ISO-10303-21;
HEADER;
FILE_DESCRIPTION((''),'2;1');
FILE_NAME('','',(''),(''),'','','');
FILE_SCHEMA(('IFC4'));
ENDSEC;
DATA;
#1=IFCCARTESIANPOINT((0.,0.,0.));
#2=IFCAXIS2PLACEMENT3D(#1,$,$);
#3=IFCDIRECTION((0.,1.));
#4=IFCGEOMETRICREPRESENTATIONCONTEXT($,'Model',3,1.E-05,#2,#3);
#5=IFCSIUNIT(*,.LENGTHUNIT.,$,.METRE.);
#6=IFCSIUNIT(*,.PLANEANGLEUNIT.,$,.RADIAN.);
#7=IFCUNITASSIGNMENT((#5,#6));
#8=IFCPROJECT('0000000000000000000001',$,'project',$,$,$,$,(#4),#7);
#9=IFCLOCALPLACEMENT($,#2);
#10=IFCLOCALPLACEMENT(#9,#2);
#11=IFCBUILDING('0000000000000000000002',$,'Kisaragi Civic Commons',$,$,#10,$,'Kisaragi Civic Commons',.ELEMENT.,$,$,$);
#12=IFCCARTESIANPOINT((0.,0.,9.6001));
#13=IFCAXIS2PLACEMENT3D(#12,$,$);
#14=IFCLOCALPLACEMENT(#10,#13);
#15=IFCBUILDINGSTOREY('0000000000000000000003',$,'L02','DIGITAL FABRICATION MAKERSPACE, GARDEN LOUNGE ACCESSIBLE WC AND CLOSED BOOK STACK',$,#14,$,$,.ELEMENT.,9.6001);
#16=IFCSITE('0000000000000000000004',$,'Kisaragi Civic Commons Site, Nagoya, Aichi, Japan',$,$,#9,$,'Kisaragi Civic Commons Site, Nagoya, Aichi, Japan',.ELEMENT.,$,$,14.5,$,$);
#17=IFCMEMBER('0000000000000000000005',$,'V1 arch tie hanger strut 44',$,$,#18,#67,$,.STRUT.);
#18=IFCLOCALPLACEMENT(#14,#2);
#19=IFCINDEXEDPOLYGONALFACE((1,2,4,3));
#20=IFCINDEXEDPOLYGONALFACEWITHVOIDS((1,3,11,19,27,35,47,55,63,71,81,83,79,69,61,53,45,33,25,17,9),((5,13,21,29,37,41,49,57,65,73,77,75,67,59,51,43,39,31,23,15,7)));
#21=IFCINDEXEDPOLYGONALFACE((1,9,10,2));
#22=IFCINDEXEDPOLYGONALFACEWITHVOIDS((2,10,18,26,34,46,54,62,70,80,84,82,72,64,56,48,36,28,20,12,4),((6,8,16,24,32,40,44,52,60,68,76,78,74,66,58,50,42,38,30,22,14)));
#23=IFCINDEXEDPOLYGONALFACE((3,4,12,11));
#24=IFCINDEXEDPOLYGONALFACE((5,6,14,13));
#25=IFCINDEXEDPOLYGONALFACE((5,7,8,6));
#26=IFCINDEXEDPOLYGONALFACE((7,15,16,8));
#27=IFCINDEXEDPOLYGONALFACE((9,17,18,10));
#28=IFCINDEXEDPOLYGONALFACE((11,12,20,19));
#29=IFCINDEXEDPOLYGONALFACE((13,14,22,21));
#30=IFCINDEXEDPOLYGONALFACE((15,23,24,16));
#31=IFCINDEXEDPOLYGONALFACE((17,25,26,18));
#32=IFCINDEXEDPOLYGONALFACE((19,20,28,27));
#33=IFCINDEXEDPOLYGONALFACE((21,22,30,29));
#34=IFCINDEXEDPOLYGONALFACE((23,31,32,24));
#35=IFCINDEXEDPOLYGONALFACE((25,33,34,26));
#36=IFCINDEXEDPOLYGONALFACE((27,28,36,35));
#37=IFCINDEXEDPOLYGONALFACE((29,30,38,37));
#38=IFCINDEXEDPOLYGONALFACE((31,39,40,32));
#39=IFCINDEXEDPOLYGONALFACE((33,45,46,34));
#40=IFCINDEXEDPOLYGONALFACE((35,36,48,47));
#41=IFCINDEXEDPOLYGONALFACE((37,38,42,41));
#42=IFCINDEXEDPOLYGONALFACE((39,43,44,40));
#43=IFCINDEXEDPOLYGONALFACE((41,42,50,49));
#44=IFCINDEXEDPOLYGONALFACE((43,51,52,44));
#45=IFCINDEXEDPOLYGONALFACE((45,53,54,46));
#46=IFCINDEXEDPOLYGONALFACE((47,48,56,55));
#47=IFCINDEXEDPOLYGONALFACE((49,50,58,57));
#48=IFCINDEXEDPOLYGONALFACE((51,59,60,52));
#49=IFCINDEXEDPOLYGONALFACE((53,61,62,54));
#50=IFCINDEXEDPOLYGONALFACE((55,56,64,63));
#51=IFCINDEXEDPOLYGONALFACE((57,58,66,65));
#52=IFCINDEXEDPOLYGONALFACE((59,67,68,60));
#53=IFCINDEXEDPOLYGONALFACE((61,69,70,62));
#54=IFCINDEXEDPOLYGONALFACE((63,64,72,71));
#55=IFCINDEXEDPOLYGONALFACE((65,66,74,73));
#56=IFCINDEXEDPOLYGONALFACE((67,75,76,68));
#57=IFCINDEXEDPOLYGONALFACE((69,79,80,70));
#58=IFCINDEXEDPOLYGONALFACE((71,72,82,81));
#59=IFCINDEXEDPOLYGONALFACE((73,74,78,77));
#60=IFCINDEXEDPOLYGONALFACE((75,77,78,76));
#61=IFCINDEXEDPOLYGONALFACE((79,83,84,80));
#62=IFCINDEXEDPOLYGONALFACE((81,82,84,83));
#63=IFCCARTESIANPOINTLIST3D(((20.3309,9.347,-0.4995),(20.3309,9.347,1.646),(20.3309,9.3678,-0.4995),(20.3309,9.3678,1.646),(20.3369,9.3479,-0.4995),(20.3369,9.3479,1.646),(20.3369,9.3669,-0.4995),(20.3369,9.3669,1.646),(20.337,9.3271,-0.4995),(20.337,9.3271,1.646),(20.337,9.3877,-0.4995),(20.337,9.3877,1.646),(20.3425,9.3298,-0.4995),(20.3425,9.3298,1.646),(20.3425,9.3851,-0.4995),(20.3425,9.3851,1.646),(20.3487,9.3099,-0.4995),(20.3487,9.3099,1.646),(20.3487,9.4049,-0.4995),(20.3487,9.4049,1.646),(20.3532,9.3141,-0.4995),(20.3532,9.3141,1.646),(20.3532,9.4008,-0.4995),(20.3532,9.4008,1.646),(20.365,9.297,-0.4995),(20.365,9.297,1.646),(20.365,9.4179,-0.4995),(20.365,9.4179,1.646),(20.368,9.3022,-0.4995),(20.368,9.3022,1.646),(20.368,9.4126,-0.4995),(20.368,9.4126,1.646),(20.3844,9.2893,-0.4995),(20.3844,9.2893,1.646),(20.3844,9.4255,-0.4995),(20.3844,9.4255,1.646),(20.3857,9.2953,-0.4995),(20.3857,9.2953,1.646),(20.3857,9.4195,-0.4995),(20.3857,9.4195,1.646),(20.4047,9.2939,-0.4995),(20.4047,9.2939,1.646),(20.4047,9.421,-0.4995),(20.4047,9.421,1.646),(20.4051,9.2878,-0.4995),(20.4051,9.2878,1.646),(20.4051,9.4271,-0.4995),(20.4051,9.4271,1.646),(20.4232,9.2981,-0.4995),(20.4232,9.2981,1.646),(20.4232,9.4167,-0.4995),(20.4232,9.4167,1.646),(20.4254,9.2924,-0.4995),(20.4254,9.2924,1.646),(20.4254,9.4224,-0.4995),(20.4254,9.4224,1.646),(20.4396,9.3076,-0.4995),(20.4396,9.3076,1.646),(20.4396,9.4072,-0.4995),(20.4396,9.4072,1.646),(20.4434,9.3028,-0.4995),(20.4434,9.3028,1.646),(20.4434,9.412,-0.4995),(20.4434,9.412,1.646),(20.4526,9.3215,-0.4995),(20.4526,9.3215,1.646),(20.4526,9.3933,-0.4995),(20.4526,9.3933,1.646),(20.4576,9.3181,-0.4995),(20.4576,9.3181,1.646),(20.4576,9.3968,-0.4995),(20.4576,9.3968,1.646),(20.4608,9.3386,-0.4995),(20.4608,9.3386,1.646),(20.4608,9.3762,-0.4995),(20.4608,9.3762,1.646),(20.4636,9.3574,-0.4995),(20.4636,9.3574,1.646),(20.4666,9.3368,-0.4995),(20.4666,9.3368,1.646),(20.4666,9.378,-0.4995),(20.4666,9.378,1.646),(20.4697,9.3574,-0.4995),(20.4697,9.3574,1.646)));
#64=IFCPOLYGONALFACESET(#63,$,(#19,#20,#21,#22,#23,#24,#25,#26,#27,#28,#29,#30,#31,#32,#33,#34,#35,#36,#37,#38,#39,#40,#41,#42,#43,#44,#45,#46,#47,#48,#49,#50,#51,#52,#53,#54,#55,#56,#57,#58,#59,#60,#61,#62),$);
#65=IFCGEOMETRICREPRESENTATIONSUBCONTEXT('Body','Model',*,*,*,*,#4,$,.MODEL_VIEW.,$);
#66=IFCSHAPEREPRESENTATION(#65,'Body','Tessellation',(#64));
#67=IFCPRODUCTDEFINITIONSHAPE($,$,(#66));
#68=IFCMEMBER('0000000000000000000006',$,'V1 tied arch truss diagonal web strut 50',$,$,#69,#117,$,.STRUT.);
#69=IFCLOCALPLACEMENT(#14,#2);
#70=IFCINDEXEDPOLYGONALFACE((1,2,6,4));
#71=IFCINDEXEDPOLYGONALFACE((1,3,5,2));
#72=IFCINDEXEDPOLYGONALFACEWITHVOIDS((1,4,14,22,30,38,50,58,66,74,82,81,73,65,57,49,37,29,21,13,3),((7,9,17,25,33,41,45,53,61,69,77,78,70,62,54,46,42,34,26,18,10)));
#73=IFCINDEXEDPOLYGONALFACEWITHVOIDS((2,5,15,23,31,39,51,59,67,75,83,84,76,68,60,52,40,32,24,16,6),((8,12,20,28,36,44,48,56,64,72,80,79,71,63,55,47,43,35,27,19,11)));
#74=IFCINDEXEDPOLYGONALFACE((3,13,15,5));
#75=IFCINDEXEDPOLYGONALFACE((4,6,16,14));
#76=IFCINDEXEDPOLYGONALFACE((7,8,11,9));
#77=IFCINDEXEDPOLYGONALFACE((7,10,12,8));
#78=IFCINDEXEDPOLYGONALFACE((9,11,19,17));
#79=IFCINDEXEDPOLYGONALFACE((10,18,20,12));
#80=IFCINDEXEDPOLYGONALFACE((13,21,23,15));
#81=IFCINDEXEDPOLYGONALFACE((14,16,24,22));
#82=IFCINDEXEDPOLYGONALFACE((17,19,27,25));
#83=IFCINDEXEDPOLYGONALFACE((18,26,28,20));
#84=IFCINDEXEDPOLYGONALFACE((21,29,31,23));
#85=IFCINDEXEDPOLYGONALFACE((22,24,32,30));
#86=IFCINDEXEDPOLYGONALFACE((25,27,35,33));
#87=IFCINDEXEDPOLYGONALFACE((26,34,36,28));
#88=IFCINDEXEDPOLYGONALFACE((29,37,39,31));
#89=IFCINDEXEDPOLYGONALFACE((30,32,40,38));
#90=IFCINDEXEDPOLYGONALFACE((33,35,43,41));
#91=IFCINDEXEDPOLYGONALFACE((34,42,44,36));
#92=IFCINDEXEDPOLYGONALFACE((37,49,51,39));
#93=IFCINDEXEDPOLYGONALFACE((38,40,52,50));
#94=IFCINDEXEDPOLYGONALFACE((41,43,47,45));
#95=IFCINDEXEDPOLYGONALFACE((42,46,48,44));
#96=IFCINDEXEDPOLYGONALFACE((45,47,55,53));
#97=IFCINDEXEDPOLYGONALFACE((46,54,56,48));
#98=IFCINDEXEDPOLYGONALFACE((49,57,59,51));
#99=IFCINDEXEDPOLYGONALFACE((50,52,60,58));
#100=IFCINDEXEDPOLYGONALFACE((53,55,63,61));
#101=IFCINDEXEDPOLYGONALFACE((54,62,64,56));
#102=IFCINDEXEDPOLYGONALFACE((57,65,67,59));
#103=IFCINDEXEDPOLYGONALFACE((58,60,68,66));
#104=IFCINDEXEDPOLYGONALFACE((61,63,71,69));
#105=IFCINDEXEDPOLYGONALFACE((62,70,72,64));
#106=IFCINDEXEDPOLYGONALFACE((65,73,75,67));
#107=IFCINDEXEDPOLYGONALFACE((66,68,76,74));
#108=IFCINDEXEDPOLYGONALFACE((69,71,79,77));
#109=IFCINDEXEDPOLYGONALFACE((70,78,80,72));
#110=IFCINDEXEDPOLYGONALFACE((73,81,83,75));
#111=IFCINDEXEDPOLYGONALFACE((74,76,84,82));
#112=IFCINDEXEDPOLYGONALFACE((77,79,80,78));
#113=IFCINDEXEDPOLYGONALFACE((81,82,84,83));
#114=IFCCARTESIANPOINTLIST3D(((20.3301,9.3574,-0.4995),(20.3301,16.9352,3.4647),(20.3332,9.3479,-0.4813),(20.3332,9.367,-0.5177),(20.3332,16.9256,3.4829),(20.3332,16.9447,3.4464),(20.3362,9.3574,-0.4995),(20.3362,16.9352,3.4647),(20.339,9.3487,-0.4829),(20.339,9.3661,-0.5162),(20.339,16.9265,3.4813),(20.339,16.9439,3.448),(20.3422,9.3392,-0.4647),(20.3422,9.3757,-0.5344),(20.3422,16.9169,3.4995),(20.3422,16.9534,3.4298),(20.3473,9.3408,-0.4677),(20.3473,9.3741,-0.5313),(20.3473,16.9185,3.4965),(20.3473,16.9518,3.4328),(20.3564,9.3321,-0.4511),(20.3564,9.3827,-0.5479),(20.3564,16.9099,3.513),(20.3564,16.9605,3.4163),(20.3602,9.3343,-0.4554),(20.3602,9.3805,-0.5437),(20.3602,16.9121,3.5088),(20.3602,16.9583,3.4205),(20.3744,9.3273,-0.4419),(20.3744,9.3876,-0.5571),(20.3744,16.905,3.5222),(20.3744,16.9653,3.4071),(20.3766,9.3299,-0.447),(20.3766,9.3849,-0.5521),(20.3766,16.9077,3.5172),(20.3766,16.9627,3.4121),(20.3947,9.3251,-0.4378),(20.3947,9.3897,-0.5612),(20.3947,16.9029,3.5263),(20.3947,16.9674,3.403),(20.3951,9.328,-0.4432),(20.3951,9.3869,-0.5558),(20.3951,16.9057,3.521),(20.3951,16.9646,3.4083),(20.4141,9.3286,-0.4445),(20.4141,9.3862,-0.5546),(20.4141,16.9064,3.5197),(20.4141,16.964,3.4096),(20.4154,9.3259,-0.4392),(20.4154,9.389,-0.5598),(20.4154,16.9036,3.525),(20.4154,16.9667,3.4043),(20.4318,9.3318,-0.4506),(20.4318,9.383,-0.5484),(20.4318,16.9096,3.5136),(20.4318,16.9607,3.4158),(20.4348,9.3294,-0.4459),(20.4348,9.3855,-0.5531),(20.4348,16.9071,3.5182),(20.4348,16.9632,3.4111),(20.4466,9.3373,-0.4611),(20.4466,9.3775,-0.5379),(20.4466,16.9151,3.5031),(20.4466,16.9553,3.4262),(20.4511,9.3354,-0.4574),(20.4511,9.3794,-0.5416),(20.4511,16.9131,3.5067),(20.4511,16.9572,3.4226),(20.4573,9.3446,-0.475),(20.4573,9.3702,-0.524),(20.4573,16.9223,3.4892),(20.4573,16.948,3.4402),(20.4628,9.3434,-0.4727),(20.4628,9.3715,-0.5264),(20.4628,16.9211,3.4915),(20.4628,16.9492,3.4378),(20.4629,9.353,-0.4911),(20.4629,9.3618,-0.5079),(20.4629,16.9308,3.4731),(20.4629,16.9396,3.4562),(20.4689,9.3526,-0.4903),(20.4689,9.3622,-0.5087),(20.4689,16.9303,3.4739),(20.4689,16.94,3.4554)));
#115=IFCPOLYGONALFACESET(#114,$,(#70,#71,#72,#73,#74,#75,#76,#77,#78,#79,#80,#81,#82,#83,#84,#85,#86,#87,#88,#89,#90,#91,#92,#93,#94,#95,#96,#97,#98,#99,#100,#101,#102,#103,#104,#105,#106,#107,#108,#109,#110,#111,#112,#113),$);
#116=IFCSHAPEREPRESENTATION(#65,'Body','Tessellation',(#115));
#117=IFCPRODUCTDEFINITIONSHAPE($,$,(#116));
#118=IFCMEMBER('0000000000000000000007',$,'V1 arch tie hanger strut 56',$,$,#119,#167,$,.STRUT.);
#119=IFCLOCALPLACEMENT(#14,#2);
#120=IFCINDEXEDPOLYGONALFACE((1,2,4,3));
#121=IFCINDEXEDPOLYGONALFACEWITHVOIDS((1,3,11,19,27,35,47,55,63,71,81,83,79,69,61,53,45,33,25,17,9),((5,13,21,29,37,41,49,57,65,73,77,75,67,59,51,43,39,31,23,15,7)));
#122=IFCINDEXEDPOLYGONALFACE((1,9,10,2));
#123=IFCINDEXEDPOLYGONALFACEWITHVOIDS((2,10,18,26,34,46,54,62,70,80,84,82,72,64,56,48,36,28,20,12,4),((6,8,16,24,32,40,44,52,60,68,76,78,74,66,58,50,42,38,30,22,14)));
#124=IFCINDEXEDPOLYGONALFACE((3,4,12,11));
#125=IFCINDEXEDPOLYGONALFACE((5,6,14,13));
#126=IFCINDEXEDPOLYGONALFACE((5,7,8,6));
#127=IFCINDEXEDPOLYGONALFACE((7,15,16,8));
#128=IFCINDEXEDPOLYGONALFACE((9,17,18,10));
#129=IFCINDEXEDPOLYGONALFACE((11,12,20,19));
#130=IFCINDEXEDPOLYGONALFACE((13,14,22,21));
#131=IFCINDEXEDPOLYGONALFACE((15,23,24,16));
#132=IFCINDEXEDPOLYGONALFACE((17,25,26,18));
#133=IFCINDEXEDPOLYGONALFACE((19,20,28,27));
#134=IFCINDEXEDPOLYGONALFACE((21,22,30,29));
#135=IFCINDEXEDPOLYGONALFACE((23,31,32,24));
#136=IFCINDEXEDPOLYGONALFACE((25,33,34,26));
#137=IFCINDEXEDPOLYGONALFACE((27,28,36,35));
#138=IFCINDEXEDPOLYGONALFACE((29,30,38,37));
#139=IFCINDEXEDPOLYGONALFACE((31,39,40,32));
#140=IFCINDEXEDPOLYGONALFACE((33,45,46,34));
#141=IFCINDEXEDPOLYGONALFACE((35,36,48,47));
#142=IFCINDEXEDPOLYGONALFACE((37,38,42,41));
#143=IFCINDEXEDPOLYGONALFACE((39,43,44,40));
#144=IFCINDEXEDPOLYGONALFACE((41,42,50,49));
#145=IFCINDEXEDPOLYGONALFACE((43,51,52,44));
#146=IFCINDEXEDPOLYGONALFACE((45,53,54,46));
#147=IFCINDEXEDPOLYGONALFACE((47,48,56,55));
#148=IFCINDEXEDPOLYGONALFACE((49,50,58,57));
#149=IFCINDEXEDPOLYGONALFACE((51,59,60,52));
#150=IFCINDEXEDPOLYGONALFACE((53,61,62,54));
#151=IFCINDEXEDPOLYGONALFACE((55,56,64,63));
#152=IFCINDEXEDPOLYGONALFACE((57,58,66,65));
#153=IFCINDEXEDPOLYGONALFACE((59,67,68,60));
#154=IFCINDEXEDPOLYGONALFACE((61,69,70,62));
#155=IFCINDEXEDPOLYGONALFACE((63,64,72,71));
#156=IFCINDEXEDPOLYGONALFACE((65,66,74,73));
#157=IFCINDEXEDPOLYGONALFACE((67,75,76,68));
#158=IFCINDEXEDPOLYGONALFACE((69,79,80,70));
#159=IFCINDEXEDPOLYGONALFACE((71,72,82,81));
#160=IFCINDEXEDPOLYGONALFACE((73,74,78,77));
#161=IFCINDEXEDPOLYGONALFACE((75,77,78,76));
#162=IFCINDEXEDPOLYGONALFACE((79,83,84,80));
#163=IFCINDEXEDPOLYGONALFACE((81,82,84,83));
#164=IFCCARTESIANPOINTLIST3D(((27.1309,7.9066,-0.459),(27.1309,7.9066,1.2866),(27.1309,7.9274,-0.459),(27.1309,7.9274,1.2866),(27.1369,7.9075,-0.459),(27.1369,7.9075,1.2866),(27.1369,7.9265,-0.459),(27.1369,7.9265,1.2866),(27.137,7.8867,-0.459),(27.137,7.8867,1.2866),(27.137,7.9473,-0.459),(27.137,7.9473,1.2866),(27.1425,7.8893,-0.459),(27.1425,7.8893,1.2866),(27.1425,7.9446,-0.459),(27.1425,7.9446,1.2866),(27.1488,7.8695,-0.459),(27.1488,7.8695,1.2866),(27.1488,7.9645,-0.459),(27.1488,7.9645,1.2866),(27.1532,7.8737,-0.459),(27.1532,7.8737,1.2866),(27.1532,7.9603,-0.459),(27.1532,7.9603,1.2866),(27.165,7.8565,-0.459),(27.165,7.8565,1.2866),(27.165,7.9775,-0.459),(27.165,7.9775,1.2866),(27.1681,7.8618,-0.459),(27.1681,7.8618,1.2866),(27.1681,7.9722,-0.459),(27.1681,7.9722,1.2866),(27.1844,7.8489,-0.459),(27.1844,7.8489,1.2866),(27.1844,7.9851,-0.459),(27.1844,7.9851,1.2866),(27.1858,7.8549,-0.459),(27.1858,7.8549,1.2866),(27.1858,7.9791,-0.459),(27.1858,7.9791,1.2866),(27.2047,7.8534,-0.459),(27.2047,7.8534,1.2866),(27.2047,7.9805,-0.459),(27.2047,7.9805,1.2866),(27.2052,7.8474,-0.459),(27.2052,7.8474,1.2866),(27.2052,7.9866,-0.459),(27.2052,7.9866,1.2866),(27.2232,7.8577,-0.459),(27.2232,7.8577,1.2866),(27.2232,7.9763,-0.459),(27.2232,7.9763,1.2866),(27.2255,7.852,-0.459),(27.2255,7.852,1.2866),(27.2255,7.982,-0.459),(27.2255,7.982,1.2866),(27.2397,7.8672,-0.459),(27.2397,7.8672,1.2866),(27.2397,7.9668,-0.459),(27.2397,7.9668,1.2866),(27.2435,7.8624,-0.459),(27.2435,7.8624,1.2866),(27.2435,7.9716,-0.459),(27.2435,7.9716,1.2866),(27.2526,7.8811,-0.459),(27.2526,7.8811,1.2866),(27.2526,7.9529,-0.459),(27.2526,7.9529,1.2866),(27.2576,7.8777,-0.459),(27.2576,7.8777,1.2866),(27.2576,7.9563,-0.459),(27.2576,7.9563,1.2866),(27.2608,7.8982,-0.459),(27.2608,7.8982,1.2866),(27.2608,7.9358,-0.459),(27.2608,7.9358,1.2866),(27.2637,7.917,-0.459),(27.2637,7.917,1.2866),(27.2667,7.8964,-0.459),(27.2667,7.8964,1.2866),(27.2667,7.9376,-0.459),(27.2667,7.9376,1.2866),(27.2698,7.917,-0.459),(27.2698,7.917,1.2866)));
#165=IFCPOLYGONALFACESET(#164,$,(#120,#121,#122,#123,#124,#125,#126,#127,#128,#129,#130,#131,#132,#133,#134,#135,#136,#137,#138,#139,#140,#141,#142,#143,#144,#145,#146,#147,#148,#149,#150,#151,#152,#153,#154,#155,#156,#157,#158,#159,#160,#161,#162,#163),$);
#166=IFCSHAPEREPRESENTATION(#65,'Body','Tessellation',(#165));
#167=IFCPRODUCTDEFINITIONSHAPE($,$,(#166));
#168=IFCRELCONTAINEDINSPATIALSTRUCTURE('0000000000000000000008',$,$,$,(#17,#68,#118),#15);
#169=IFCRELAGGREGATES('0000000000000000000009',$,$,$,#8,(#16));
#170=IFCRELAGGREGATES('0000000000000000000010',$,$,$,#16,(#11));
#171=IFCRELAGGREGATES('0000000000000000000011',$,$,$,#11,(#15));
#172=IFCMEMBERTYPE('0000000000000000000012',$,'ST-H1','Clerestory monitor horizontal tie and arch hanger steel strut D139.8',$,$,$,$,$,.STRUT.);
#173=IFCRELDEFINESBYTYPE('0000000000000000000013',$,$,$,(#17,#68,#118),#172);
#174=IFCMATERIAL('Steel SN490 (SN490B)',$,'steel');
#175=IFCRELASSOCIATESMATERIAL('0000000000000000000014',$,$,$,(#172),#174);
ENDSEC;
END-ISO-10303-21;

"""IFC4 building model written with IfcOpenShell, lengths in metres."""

from ifc_helpers import new_model, si_unit, direction, frame, origin, origin_2d, place, context, subcontext, project, spatial, hollow_circle, extrude, material, material_profile, profile_set, type_object, element, save


model = new_model("IFC4")

# Units and contexts
model_context = context("Model", 3, precision=1e-05, world=origin(), true_north=direction((0.0, 1.0)))
body_context = subcontext(model_context, "Body", "Model", "MODEL_VIEW")
ifc_project = project(units=[si_unit("LENGTHUNIT", "METRE"), si_unit("PLANEANGLEUNIT", "RADIAN")], contexts=[model_context])

# Site, building, storey
site_placement = place(None, origin())
site = spatial("IfcSite", under=ifc_project, at=site_placement, Name="Kisaragi Civic Commons Site, Nagoya, Aichi, Japan", LongName="Kisaragi Civic Commons Site, Nagoya, Aichi, Japan", CompositionType="ELEMENT", RefElevation=14.5)
building_placement = place(site_placement, origin())
building = spatial("IfcBuilding", under=site, at=building_placement, Name="Kisaragi Civic Commons", LongName="Kisaragi Civic Commons", CompositionType="ELEMENT")
storey_placement = place(building_placement, frame((0.0, 0.0, 9.6001)))
storey = spatial("IfcBuildingStorey", under=building, at=storey_placement, Name="L02", Description="DIGITAL FABRICATION MAKERSPACE, GARDEN LOUNGE ACCESSIBLE WC AND CLOSED BOOK STACK", CompositionType="ELEMENT", Elevation=9.6001)

# Members
ifc_material_1 = material(Name="Steel SN490 (SN490B)", Category="steel")
ifc_material_profile_1 = material_profile(ifc_material_1, hollow_circle(Radius=0.0698, WallThickness=0.0061, at=origin_2d()), Name="CHS-139.8x6.0", Category="steel")
ifc_profile_set_1 = profile_set([ifc_material_profile_1], Name="Steel SN490 (SN490B)")
member_type_1 = type_object("IfcMemberType", Name="ST-H1", Description="Clerestory monitor horizontal tie and arch hanger steel strut D139.8", PredefinedType="STRUT", material=ifc_profile_set_1)
member_1_placement = place(storey_placement, frame((20.3999, 9.3574, -0.4995), z_axis=(0.0, 0.0, 1.0), x_axis=(1.0, 0.0, 0.0)))
element("IfcMember", 1, at=member_1_placement, inside=storey, type_object=member_type_1, Name="V1 arch tie hanger strut 44", PredefinedType="STRUT", context=body_context, shape_type="SweptSolid", body=[
    extrude(hollow_circle(Radius=0.0698, WallThickness=0.0061, at=origin_2d()), origin(), (0.0, 0.0, 1.0), 2.1455),
])
member_2_placement = place(storey_placement, frame((20.3999, 9.3574, -0.4995), z_axis=(0.0, 0.886078, 0.463536), x_axis=(-1.0, 0.0, 0.0)))
element("IfcMember", 2, at=member_2_placement, inside=storey, type_object=member_type_1, Name="V1 tied arch truss diagonal web strut 50", PredefinedType="STRUT", context=body_context, shape_type="SweptSolid", body=[
    extrude(hollow_circle(Radius=0.0698, WallThickness=0.0061, at=origin_2d()), origin(), (0.0, 0.0, 1.0), 8.552),
])
member_3_placement = place(storey_placement, frame((27.2, 7.917, -0.459), z_axis=(0.0, 0.0, 1.0), x_axis=(1.0, 0.0, 0.0)))
element("IfcMember", 3, at=member_3_placement, inside=storey, type_object=member_type_1, Name="V1 arch tie hanger strut 56", PredefinedType="STRUT", context=body_context, shape_type="SweptSolid", body=[
    extrude(hollow_circle(Radius=0.0698, WallThickness=0.0061, at=origin_2d()), origin(), (0.0, 0.0, 1.0), 1.7456),
])

save(model, "model.ifc")
